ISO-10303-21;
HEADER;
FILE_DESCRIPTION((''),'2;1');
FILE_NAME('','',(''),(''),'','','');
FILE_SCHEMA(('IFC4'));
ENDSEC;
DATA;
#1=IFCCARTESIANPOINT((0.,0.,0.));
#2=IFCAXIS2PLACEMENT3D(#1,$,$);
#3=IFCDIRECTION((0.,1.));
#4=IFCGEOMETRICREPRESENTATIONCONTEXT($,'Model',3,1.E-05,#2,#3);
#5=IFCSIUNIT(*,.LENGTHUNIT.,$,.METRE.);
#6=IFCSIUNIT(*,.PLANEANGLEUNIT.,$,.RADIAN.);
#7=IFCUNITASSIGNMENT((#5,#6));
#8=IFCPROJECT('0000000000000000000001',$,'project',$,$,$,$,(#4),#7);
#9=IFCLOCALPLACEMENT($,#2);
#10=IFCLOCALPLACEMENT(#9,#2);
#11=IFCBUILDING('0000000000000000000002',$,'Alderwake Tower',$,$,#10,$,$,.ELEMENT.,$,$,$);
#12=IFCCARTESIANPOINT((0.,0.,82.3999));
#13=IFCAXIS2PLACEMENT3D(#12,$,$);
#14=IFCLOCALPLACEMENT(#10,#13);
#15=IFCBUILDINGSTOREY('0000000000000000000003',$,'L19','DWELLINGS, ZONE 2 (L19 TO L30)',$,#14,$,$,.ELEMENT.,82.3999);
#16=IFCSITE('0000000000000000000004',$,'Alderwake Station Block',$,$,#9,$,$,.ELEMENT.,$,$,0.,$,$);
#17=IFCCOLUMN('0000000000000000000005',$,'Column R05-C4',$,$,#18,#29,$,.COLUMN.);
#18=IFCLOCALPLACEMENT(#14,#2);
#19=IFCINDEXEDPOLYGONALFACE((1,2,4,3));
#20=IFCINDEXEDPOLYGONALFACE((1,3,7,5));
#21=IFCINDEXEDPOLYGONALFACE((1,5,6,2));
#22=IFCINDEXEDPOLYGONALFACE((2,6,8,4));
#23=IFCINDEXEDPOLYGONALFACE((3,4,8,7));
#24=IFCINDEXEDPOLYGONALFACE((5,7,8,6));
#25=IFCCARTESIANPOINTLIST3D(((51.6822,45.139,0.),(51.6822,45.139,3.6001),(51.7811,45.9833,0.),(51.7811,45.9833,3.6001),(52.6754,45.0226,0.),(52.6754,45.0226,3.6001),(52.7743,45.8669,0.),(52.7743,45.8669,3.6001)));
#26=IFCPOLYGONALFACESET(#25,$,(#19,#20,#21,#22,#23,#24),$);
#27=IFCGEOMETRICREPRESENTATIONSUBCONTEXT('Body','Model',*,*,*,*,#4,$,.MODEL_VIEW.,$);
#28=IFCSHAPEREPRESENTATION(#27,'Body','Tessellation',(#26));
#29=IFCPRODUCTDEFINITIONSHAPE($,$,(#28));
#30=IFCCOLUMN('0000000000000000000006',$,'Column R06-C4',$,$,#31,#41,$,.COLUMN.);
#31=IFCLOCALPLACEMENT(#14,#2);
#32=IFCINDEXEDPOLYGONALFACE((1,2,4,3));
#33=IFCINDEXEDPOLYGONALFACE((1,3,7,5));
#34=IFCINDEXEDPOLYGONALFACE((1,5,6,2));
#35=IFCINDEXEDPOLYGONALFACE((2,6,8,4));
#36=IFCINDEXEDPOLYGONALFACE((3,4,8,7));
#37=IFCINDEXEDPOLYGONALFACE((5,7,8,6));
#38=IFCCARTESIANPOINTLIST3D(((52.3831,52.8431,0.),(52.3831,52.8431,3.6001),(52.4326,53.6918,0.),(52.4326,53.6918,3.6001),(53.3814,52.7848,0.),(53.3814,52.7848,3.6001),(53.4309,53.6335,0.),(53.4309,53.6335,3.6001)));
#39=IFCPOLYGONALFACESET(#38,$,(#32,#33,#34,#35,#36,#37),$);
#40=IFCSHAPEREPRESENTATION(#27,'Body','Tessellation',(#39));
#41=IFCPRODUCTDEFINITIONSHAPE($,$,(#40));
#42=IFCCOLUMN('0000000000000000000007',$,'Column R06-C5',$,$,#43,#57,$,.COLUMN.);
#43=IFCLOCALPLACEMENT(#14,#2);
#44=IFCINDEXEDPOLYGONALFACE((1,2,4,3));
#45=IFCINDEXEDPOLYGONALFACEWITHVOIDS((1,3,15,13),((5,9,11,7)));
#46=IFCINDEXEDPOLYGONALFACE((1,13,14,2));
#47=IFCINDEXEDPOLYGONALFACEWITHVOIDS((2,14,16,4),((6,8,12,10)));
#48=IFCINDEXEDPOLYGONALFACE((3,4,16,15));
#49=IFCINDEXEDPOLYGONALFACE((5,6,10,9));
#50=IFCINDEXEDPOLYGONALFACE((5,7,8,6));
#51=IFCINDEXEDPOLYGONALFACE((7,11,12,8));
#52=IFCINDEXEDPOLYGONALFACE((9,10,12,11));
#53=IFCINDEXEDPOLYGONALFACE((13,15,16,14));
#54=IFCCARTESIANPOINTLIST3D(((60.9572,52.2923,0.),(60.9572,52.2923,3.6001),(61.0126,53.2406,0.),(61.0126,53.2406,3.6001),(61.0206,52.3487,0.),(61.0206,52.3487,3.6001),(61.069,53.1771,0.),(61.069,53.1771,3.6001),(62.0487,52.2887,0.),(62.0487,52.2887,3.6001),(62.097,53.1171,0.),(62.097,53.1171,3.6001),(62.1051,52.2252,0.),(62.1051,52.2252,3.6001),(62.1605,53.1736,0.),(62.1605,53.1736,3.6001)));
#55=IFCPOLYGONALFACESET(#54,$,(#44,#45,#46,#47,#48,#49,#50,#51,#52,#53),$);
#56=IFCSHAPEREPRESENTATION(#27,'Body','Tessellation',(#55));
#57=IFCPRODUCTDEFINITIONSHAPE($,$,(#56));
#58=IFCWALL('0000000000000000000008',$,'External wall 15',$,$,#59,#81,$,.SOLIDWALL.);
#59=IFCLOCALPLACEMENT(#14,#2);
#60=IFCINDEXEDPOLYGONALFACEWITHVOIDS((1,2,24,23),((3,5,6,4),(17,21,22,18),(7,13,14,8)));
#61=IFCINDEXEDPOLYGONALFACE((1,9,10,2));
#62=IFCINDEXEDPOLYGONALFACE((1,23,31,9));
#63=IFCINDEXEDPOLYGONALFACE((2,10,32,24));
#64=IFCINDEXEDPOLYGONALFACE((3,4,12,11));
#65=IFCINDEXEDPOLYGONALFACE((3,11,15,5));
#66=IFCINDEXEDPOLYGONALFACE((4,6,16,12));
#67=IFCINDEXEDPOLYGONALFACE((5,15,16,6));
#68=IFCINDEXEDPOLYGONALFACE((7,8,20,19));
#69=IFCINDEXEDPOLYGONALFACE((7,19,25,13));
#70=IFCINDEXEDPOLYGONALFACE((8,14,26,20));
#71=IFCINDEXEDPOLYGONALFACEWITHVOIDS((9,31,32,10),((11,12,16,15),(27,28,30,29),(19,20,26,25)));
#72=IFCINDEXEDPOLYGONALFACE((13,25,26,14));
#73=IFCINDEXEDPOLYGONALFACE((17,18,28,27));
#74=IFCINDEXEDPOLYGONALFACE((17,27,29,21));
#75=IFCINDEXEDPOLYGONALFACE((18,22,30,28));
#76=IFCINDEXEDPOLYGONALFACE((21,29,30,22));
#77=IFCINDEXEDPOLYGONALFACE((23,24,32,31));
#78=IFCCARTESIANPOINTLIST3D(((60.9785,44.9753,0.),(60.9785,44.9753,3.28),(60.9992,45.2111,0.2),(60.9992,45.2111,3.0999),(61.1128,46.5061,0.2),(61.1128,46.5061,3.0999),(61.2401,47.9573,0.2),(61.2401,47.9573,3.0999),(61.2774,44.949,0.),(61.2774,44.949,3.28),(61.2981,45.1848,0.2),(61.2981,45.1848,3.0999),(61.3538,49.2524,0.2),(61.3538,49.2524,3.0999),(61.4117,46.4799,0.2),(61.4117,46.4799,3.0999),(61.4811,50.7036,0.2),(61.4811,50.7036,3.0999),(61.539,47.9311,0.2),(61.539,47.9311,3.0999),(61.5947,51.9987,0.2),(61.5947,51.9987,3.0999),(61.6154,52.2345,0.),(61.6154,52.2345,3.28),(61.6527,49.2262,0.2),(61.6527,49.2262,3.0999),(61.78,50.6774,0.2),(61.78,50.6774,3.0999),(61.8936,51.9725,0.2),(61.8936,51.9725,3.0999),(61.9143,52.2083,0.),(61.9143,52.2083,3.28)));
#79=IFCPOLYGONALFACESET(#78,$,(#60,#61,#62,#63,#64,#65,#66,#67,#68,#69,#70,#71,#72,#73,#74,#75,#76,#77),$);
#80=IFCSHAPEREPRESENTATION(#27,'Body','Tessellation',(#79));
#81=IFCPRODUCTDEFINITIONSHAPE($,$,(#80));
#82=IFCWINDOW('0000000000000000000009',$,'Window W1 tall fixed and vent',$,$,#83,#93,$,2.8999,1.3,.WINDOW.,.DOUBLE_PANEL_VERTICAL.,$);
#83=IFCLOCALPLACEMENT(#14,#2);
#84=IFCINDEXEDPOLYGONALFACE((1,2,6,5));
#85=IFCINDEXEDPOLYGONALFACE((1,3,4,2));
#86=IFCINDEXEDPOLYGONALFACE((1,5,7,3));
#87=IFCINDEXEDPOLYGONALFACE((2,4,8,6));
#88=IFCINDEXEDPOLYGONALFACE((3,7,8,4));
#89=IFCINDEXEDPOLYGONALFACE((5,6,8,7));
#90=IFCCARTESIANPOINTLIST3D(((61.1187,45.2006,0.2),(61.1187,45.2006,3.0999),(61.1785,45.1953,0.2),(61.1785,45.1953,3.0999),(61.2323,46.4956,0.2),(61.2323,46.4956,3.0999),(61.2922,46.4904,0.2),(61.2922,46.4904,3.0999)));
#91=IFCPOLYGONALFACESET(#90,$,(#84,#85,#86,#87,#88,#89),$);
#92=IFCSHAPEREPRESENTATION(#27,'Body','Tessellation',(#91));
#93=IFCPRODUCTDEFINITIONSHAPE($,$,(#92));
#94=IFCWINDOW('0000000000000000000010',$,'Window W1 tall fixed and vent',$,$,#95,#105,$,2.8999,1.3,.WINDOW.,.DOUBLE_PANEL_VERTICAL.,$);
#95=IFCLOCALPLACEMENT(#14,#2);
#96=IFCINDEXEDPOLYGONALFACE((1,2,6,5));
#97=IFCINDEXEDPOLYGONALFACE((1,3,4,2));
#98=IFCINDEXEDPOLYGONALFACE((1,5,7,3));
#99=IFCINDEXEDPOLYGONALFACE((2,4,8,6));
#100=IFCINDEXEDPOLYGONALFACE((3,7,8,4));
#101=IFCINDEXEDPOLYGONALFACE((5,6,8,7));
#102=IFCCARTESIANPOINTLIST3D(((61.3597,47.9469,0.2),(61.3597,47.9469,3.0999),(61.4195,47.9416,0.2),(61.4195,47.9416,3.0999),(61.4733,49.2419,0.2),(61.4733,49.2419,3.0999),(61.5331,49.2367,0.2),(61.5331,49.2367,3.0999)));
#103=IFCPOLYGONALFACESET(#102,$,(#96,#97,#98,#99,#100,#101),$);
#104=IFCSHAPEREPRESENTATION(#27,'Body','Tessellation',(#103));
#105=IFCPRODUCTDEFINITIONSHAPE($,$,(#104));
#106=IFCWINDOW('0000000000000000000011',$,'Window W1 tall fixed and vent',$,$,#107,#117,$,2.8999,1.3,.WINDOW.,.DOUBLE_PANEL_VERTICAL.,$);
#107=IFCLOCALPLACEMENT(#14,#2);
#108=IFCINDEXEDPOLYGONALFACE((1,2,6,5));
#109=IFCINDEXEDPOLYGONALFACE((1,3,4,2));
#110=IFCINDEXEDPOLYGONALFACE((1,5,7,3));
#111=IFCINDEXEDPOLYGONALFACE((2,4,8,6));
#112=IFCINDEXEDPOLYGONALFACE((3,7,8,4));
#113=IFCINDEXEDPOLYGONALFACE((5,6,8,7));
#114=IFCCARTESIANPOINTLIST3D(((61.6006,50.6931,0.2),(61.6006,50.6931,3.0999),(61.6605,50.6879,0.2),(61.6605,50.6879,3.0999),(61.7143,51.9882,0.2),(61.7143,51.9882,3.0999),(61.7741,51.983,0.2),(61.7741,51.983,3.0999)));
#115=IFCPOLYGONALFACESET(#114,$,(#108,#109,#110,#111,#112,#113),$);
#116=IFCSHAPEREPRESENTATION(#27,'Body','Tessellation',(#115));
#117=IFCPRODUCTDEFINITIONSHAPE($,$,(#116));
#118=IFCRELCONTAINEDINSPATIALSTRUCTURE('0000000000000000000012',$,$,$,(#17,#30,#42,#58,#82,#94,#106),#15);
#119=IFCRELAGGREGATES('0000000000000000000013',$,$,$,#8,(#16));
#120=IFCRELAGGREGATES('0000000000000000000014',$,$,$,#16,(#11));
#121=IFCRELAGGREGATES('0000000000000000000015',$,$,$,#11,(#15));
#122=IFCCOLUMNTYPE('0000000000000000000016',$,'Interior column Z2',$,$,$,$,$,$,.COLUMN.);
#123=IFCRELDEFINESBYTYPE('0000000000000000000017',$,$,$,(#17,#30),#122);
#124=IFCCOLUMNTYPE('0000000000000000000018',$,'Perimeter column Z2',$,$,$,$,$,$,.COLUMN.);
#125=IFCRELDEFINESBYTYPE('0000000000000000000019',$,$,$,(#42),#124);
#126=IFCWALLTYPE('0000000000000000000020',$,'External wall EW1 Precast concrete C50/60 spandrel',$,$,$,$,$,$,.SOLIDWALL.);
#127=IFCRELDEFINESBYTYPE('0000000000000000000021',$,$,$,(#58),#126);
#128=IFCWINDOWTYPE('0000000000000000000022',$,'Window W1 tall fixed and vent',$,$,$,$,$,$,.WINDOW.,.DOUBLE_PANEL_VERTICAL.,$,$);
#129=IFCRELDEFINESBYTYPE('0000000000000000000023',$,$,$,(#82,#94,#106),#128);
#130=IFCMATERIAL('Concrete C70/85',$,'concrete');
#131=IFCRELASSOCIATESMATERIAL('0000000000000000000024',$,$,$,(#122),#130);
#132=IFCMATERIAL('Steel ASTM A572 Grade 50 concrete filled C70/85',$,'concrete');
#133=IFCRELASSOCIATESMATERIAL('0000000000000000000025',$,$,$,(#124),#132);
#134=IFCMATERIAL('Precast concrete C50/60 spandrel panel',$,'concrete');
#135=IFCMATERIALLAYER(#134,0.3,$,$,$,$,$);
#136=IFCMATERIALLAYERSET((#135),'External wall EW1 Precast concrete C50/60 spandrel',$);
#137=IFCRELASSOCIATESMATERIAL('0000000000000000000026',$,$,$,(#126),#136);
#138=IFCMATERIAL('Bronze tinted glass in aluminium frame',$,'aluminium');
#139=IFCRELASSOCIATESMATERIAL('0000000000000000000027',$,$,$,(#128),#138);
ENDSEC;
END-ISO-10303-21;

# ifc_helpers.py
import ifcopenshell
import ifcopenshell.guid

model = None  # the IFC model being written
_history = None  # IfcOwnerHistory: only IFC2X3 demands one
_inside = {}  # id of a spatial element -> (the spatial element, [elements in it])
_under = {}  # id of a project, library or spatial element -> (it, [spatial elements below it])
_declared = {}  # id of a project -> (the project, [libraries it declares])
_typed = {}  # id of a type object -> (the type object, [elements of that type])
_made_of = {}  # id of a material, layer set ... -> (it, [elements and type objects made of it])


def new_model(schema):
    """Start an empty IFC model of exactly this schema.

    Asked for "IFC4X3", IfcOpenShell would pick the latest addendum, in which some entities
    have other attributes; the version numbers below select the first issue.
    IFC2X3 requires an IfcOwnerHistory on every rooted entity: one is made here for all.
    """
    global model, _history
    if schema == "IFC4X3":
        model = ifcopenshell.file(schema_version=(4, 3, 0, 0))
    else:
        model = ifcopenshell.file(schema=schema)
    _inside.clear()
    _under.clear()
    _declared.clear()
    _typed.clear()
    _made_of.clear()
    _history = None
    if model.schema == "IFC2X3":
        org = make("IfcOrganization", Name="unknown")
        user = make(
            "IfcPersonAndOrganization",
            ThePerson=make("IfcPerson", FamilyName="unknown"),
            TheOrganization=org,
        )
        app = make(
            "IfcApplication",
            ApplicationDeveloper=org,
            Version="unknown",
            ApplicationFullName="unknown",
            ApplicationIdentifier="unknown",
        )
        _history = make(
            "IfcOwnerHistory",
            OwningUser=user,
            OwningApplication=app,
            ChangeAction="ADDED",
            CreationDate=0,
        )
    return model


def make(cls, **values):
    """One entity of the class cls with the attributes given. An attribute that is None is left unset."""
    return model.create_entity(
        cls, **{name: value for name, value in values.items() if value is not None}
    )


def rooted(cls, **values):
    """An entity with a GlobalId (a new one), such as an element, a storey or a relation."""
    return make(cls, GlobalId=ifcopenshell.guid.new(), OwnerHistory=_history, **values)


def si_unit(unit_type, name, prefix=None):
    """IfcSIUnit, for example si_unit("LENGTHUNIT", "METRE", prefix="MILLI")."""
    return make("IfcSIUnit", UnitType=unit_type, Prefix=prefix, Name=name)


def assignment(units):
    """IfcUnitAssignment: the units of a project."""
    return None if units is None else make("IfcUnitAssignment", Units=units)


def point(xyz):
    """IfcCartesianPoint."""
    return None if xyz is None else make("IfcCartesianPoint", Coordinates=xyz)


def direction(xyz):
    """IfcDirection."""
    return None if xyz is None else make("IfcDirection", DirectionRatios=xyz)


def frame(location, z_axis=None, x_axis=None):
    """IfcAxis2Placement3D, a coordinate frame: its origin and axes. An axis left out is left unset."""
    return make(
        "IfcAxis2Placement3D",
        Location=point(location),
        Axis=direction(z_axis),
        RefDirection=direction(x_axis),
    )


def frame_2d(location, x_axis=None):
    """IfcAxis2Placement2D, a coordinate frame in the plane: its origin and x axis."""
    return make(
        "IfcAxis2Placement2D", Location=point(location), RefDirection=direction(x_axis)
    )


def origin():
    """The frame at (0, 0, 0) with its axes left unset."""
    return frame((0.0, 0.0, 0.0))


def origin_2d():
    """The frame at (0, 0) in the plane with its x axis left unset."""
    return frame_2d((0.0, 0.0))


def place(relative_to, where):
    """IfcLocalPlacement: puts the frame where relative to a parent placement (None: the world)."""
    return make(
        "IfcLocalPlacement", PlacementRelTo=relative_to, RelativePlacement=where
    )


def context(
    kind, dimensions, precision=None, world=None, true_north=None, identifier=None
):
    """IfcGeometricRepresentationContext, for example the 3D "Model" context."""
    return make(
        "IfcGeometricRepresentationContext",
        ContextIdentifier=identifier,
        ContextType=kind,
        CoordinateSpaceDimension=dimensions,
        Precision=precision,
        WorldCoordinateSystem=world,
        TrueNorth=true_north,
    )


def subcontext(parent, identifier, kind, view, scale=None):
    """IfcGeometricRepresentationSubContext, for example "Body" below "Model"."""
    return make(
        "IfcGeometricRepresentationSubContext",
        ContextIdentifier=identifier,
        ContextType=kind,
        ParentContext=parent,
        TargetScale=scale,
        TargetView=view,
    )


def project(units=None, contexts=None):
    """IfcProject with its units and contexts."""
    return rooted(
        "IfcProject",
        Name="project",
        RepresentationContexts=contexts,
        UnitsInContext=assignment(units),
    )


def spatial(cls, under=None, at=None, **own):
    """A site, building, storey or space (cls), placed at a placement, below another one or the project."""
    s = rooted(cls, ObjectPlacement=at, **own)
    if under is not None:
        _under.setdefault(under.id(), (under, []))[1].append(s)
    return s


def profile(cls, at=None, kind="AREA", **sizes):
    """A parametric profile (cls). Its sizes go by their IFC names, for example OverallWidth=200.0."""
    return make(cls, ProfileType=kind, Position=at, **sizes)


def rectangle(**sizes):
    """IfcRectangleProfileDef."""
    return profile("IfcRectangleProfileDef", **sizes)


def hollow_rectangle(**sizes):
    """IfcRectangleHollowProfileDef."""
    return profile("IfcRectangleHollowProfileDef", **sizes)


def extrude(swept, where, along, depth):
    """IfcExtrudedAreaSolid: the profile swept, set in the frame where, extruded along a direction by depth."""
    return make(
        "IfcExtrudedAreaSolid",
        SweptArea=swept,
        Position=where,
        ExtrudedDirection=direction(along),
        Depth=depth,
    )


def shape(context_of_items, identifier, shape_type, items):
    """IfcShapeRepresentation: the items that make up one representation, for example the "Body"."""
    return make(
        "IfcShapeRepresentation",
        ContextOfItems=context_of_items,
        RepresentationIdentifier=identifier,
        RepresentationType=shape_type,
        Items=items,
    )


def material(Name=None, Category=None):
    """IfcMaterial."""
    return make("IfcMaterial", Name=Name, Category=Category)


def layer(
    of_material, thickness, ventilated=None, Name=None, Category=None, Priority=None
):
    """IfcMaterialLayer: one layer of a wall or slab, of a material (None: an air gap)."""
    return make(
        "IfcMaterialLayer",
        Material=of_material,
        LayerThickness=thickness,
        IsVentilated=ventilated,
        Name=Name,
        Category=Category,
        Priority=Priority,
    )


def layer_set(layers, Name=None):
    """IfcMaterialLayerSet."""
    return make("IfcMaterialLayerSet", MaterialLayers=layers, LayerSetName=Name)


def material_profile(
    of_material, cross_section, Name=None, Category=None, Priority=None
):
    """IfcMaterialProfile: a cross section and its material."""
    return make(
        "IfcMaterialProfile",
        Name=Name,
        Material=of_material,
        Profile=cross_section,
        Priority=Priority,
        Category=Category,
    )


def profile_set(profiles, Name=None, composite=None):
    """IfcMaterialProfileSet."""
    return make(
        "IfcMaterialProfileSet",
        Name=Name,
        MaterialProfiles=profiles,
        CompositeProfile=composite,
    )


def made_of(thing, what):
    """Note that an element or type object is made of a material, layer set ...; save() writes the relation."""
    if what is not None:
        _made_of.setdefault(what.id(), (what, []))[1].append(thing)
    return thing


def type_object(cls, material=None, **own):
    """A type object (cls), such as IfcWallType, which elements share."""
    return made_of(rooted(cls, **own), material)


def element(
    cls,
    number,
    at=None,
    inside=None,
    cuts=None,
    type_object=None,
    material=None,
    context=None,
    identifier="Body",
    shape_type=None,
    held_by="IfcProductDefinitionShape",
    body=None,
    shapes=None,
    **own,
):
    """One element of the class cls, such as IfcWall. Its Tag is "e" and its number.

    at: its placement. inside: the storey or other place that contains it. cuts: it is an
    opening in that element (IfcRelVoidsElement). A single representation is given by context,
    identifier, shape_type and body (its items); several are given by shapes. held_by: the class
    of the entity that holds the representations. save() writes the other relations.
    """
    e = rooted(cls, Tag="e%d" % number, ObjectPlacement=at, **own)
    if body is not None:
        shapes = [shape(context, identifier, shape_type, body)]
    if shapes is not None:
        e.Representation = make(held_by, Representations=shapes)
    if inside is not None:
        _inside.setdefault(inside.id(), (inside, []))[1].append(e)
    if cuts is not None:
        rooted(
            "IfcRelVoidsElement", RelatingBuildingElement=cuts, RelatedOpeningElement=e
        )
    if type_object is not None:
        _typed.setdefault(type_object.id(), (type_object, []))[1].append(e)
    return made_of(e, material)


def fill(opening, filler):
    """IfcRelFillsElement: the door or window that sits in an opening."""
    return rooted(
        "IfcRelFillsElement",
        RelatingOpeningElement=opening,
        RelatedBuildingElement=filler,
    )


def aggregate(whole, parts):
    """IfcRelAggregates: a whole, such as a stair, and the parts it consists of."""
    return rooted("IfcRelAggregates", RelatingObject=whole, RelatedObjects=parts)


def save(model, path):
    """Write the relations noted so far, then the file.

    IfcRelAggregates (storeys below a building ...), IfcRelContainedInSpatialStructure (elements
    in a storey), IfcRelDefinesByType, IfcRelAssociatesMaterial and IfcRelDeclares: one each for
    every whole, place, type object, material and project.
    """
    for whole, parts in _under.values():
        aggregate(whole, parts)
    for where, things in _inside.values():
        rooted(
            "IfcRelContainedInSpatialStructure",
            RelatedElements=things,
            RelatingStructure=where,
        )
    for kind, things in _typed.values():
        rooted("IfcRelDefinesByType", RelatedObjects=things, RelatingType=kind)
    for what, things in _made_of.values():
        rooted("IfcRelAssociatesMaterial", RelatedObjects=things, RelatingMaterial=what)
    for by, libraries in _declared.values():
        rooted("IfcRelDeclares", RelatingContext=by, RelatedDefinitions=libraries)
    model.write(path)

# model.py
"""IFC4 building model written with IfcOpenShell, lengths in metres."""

from ifc_helpers import new_model, si_unit, direction, frame, frame_2d, origin, origin_2d, place, context, subcontext, project, spatial, rectangle, hollow_rectangle, extrude, material, layer, layer_set, material_profile, profile_set, type_object, element, fill, save


model = new_model("IFC4")

# Units and contexts
model_context = context("Model", 3, precision=1e-05, world=origin(), true_north=direction((0.0, 1.0)))
body_context = subcontext(model_context, "Body", "Model", "MODEL_VIEW")
ifc_project = project(units=[si_unit("LENGTHUNIT", "METRE"), si_unit("PLANEANGLEUNIT", "RADIAN")], contexts=[model_context])

# Site, building, storey
site_placement = place(None, origin())
site = spatial("IfcSite", under=ifc_project, at=site_placement, Name="Alderwake Station Block", CompositionType="ELEMENT", RefElevation=0.0)
building_placement = place(site_placement, origin())
building = spatial("IfcBuilding", under=site, at=building_placement, Name="Alderwake Tower", CompositionType="ELEMENT")
storey_placement = place(building_placement, frame((0.0, 0.0, 82.3999)))
storey = spatial("IfcBuildingStorey", under=building, at=storey_placement, Name="L19", Description="DWELLINGS, ZONE 2 (L19 TO L30)", CompositionType="ELEMENT", Elevation=82.3999)

# Columns
ifc_material_1 = material(Name="Concrete C70/85", Category="concrete")
ifc_material_profile_1 = material_profile(ifc_material_1, rectangle(XDim=0.8501, YDim=1.0, at=origin_2d()), Name="RC 1000X850")
ifc_profile_set_1 = profile_set([ifc_material_profile_1], Name="Concrete C70/85")
column_type_1 = type_object("IfcColumnType", Name="Interior column Z2", PredefinedType="COLUMN", material=ifc_profile_set_1)
for number, where, z_axis, x_axis, name in (
    (1, (52.2283, 45.5029, 0.0), (0.0, 0.0, 1.0), (0.116402, 0.993202, 0.0), "Column R05-C4"),
    (2, (52.907, 53.2383, 0.0), (0.0, 0.0, 1.0), (0.058301, 0.998299, 0.0), "Column R06-C4"),
):
    element("IfcColumn", number, at=place(storey_placement, frame(where, z_axis=z_axis, x_axis=x_axis)), inside=storey, type_object=column_type_1, Name=name, PredefinedType="COLUMN", context=body_context, shape_type="SweptSolid", body=[
        extrude(rectangle(XDim=0.8501, YDim=1.0, at=origin_2d()), origin(), (0.0, 0.0, 1.0), 3.6001),
    ])
ifc_material_2 = material(Name="Steel ASTM A572 Grade 50 concrete filled C70/85", Category="concrete")
ifc_material_profile_2 = material_profile(ifc_material_2, hollow_rectangle(XDim=0.95, YDim=1.1499, WallThickness=0.0601, at=origin_2d()), Name="BOX 1150X950X60")
ifc_profile_set_2 = profile_set([ifc_material_profile_2], Name="Steel ASTM A572 Grade 50 concrete filled C70/85")
column_type_2 = type_object("IfcColumnType", Name="Perimeter column Z2", PredefinedType="COLUMN", material=ifc_profile_set_2)
column_placement = place(storey_placement, frame((61.5588, 52.7329, 0.0), z_axis=(0.0, 0.0, 1.0), x_axis=(0.058301, 0.998299, 0.0)))
element("IfcColumn", 3, at=column_placement, inside=storey, type_object=column_type_2, Name="Column R06-C5", PredefinedType="COLUMN", context=body_context, shape_type="SweptSolid", body=[
    extrude(hollow_rectangle(XDim=0.95, YDim=1.1499, WallThickness=0.0601, at=origin_2d()), origin(), (0.0, 0.0, 1.0), 3.6001),
])

# Wall, openings, windows
ifc_material_3 = material(Name="Precast concrete C50/60 spandrel panel", Category="concrete")
ifc_layer_1 = layer(ifc_material_3, 0.3)
ifc_layer_set_1 = layer_set([ifc_layer_1], Name="External wall EW1 Precast concrete C50/60 spandrel")
wall_type_1 = type_object("IfcWallType", Name="External wall EW1 Precast concrete C50/60 spandrel", PredefinedType="SOLIDWALL", material=ifc_layer_set_1)
wall_1_placement = place(storey_placement, frame((61.1279, 44.9622, 0.0), z_axis=(0.0, 0.0, 1.0), x_axis=(0.087409, 0.996173, 0.0)))
wall_1 = element("IfcWall", 4, at=wall_1_placement, inside=storey, type_object=wall_type_1, Name="External wall 15", PredefinedType="SOLIDWALL", context=body_context, shape_type="SweptSolid", body=[
    extrude(rectangle(XDim=7.2871, YDim=0.3, at=frame_2d((3.6436, 0.0))), origin(), (0.0, 0.0, 1.0), 3.28),
])
opening_1_placement = place(wall_1_placement, frame((0.2368, 0.0, 0.2)))
opening_1 = element("IfcOpeningElement", 5, at=opening_1_placement, cuts=wall_1, PredefinedType="OPENING", context=body_context, shape_type="SweptSolid", body=[
    extrude(rectangle(XDim=1.3, YDim=2.8999, at=frame_2d((0.6499, 1.45))), frame((0.0, 0.1599, 0.0), z_axis=(0.0, -1.0, 0.0), x_axis=(1.0, 0.0, 0.0)), (0.0, 0.0, 1.0), 0.3201),
])
opening_2_placement = place(wall_1_placement, frame((2.9937, 0.0, 0.2)))
opening_2 = element("IfcOpeningElement", 6, at=opening_2_placement, cuts=wall_1, PredefinedType="OPENING", context=body_context, shape_type="SweptSolid", body=[
    extrude(rectangle(XDim=1.3, YDim=2.8999, at=frame_2d((0.6499, 1.45))), frame((0.0, 0.1599, 0.0), z_axis=(0.0, -1.0, 0.0), x_axis=(1.0, 0.0, 0.0)), (0.0, 0.0, 1.0), 0.3201),
])
opening_3_placement = place(wall_1_placement, frame((5.7505, 0.0, 0.2)))
opening_3 = element("IfcOpeningElement", 7, at=opening_3_placement, cuts=wall_1, PredefinedType="OPENING", context=body_context, shape_type="SweptSolid", body=[
    extrude(rectangle(XDim=1.3, YDim=2.8999, at=frame_2d((0.6499, 1.45))), frame((0.0, 0.1599, 0.0), z_axis=(0.0, -1.0, 0.0), x_axis=(1.0, 0.0, 0.0)), (0.0, 0.0, 1.0), 0.3201),
])
ifc_material_4 = material(Name="Bronze tinted glass in aluminium frame", Category="aluminium")
window_type = type_object("IfcWindowType", Name="Window W1 tall fixed and vent", PartitioningType="DOUBLE_PANEL_VERTICAL", PredefinedType="WINDOW", material=ifc_material_4)
window_1_placement = place(opening_1_placement, origin())
window_1 = element("IfcWindow", 8, at=window_1_placement, inside=storey, type_object=window_type, Name="Window W1 tall fixed and vent", OverallHeight=2.8999, OverallWidth=1.3, PartitioningType="DOUBLE_PANEL_VERTICAL", PredefinedType="WINDOW", context=body_context, shape_type="SweptSolid", body=[
    extrude(rectangle(XDim=1.3, YDim=2.8999, at=frame_2d((0.6499, 1.45))), frame((0.0, 0.03, 0.0), z_axis=(0.0, -1.0, 0.0), x_axis=(1.0, 0.0, 0.0)), (0.0, 0.0, 1.0), 0.0601),
])
fill(opening_1, window_1)
window_2_placement = place(opening_2_placement, origin())
window_2 = element("IfcWindow", 9, at=window_2_placement, inside=storey, type_object=window_type, Name="Window W1 tall fixed and vent", OverallHeight=2.8999, OverallWidth=1.3, PartitioningType="DOUBLE_PANEL_VERTICAL", PredefinedType="WINDOW", context=body_context, shape_type="SweptSolid", body=[
    extrude(rectangle(XDim=1.3, YDim=2.8999, at=frame_2d((0.6499, 1.45))), frame((0.0, 0.03, 0.0), z_axis=(0.0, -1.0, 0.0), x_axis=(1.0, 0.0, 0.0)), (0.0, 0.0, 1.0), 0.0601),
])
fill(opening_2, window_2)
window_3_placement = place(opening_3_placement, origin())
window_3 = element("IfcWindow", 10, at=window_3_placement, inside=storey, type_object=window_type, Name="Window W1 tall fixed and vent", OverallHeight=2.8999, OverallWidth=1.3, PartitioningType="DOUBLE_PANEL_VERTICAL", PredefinedType="WINDOW", context=body_context, shape_type="SweptSolid", body=[
    extrude(rectangle(XDim=1.3, YDim=2.8999, at=frame_2d((0.6499, 1.45))), frame((0.0, 0.03, 0.0), z_axis=(0.0, -1.0, 0.0), x_axis=(1.0, 0.0, 0.0)), (0.0, 0.0, 1.0), 0.0601),
])
fill(opening_3, window_3)

save(model, "model.ifc")
